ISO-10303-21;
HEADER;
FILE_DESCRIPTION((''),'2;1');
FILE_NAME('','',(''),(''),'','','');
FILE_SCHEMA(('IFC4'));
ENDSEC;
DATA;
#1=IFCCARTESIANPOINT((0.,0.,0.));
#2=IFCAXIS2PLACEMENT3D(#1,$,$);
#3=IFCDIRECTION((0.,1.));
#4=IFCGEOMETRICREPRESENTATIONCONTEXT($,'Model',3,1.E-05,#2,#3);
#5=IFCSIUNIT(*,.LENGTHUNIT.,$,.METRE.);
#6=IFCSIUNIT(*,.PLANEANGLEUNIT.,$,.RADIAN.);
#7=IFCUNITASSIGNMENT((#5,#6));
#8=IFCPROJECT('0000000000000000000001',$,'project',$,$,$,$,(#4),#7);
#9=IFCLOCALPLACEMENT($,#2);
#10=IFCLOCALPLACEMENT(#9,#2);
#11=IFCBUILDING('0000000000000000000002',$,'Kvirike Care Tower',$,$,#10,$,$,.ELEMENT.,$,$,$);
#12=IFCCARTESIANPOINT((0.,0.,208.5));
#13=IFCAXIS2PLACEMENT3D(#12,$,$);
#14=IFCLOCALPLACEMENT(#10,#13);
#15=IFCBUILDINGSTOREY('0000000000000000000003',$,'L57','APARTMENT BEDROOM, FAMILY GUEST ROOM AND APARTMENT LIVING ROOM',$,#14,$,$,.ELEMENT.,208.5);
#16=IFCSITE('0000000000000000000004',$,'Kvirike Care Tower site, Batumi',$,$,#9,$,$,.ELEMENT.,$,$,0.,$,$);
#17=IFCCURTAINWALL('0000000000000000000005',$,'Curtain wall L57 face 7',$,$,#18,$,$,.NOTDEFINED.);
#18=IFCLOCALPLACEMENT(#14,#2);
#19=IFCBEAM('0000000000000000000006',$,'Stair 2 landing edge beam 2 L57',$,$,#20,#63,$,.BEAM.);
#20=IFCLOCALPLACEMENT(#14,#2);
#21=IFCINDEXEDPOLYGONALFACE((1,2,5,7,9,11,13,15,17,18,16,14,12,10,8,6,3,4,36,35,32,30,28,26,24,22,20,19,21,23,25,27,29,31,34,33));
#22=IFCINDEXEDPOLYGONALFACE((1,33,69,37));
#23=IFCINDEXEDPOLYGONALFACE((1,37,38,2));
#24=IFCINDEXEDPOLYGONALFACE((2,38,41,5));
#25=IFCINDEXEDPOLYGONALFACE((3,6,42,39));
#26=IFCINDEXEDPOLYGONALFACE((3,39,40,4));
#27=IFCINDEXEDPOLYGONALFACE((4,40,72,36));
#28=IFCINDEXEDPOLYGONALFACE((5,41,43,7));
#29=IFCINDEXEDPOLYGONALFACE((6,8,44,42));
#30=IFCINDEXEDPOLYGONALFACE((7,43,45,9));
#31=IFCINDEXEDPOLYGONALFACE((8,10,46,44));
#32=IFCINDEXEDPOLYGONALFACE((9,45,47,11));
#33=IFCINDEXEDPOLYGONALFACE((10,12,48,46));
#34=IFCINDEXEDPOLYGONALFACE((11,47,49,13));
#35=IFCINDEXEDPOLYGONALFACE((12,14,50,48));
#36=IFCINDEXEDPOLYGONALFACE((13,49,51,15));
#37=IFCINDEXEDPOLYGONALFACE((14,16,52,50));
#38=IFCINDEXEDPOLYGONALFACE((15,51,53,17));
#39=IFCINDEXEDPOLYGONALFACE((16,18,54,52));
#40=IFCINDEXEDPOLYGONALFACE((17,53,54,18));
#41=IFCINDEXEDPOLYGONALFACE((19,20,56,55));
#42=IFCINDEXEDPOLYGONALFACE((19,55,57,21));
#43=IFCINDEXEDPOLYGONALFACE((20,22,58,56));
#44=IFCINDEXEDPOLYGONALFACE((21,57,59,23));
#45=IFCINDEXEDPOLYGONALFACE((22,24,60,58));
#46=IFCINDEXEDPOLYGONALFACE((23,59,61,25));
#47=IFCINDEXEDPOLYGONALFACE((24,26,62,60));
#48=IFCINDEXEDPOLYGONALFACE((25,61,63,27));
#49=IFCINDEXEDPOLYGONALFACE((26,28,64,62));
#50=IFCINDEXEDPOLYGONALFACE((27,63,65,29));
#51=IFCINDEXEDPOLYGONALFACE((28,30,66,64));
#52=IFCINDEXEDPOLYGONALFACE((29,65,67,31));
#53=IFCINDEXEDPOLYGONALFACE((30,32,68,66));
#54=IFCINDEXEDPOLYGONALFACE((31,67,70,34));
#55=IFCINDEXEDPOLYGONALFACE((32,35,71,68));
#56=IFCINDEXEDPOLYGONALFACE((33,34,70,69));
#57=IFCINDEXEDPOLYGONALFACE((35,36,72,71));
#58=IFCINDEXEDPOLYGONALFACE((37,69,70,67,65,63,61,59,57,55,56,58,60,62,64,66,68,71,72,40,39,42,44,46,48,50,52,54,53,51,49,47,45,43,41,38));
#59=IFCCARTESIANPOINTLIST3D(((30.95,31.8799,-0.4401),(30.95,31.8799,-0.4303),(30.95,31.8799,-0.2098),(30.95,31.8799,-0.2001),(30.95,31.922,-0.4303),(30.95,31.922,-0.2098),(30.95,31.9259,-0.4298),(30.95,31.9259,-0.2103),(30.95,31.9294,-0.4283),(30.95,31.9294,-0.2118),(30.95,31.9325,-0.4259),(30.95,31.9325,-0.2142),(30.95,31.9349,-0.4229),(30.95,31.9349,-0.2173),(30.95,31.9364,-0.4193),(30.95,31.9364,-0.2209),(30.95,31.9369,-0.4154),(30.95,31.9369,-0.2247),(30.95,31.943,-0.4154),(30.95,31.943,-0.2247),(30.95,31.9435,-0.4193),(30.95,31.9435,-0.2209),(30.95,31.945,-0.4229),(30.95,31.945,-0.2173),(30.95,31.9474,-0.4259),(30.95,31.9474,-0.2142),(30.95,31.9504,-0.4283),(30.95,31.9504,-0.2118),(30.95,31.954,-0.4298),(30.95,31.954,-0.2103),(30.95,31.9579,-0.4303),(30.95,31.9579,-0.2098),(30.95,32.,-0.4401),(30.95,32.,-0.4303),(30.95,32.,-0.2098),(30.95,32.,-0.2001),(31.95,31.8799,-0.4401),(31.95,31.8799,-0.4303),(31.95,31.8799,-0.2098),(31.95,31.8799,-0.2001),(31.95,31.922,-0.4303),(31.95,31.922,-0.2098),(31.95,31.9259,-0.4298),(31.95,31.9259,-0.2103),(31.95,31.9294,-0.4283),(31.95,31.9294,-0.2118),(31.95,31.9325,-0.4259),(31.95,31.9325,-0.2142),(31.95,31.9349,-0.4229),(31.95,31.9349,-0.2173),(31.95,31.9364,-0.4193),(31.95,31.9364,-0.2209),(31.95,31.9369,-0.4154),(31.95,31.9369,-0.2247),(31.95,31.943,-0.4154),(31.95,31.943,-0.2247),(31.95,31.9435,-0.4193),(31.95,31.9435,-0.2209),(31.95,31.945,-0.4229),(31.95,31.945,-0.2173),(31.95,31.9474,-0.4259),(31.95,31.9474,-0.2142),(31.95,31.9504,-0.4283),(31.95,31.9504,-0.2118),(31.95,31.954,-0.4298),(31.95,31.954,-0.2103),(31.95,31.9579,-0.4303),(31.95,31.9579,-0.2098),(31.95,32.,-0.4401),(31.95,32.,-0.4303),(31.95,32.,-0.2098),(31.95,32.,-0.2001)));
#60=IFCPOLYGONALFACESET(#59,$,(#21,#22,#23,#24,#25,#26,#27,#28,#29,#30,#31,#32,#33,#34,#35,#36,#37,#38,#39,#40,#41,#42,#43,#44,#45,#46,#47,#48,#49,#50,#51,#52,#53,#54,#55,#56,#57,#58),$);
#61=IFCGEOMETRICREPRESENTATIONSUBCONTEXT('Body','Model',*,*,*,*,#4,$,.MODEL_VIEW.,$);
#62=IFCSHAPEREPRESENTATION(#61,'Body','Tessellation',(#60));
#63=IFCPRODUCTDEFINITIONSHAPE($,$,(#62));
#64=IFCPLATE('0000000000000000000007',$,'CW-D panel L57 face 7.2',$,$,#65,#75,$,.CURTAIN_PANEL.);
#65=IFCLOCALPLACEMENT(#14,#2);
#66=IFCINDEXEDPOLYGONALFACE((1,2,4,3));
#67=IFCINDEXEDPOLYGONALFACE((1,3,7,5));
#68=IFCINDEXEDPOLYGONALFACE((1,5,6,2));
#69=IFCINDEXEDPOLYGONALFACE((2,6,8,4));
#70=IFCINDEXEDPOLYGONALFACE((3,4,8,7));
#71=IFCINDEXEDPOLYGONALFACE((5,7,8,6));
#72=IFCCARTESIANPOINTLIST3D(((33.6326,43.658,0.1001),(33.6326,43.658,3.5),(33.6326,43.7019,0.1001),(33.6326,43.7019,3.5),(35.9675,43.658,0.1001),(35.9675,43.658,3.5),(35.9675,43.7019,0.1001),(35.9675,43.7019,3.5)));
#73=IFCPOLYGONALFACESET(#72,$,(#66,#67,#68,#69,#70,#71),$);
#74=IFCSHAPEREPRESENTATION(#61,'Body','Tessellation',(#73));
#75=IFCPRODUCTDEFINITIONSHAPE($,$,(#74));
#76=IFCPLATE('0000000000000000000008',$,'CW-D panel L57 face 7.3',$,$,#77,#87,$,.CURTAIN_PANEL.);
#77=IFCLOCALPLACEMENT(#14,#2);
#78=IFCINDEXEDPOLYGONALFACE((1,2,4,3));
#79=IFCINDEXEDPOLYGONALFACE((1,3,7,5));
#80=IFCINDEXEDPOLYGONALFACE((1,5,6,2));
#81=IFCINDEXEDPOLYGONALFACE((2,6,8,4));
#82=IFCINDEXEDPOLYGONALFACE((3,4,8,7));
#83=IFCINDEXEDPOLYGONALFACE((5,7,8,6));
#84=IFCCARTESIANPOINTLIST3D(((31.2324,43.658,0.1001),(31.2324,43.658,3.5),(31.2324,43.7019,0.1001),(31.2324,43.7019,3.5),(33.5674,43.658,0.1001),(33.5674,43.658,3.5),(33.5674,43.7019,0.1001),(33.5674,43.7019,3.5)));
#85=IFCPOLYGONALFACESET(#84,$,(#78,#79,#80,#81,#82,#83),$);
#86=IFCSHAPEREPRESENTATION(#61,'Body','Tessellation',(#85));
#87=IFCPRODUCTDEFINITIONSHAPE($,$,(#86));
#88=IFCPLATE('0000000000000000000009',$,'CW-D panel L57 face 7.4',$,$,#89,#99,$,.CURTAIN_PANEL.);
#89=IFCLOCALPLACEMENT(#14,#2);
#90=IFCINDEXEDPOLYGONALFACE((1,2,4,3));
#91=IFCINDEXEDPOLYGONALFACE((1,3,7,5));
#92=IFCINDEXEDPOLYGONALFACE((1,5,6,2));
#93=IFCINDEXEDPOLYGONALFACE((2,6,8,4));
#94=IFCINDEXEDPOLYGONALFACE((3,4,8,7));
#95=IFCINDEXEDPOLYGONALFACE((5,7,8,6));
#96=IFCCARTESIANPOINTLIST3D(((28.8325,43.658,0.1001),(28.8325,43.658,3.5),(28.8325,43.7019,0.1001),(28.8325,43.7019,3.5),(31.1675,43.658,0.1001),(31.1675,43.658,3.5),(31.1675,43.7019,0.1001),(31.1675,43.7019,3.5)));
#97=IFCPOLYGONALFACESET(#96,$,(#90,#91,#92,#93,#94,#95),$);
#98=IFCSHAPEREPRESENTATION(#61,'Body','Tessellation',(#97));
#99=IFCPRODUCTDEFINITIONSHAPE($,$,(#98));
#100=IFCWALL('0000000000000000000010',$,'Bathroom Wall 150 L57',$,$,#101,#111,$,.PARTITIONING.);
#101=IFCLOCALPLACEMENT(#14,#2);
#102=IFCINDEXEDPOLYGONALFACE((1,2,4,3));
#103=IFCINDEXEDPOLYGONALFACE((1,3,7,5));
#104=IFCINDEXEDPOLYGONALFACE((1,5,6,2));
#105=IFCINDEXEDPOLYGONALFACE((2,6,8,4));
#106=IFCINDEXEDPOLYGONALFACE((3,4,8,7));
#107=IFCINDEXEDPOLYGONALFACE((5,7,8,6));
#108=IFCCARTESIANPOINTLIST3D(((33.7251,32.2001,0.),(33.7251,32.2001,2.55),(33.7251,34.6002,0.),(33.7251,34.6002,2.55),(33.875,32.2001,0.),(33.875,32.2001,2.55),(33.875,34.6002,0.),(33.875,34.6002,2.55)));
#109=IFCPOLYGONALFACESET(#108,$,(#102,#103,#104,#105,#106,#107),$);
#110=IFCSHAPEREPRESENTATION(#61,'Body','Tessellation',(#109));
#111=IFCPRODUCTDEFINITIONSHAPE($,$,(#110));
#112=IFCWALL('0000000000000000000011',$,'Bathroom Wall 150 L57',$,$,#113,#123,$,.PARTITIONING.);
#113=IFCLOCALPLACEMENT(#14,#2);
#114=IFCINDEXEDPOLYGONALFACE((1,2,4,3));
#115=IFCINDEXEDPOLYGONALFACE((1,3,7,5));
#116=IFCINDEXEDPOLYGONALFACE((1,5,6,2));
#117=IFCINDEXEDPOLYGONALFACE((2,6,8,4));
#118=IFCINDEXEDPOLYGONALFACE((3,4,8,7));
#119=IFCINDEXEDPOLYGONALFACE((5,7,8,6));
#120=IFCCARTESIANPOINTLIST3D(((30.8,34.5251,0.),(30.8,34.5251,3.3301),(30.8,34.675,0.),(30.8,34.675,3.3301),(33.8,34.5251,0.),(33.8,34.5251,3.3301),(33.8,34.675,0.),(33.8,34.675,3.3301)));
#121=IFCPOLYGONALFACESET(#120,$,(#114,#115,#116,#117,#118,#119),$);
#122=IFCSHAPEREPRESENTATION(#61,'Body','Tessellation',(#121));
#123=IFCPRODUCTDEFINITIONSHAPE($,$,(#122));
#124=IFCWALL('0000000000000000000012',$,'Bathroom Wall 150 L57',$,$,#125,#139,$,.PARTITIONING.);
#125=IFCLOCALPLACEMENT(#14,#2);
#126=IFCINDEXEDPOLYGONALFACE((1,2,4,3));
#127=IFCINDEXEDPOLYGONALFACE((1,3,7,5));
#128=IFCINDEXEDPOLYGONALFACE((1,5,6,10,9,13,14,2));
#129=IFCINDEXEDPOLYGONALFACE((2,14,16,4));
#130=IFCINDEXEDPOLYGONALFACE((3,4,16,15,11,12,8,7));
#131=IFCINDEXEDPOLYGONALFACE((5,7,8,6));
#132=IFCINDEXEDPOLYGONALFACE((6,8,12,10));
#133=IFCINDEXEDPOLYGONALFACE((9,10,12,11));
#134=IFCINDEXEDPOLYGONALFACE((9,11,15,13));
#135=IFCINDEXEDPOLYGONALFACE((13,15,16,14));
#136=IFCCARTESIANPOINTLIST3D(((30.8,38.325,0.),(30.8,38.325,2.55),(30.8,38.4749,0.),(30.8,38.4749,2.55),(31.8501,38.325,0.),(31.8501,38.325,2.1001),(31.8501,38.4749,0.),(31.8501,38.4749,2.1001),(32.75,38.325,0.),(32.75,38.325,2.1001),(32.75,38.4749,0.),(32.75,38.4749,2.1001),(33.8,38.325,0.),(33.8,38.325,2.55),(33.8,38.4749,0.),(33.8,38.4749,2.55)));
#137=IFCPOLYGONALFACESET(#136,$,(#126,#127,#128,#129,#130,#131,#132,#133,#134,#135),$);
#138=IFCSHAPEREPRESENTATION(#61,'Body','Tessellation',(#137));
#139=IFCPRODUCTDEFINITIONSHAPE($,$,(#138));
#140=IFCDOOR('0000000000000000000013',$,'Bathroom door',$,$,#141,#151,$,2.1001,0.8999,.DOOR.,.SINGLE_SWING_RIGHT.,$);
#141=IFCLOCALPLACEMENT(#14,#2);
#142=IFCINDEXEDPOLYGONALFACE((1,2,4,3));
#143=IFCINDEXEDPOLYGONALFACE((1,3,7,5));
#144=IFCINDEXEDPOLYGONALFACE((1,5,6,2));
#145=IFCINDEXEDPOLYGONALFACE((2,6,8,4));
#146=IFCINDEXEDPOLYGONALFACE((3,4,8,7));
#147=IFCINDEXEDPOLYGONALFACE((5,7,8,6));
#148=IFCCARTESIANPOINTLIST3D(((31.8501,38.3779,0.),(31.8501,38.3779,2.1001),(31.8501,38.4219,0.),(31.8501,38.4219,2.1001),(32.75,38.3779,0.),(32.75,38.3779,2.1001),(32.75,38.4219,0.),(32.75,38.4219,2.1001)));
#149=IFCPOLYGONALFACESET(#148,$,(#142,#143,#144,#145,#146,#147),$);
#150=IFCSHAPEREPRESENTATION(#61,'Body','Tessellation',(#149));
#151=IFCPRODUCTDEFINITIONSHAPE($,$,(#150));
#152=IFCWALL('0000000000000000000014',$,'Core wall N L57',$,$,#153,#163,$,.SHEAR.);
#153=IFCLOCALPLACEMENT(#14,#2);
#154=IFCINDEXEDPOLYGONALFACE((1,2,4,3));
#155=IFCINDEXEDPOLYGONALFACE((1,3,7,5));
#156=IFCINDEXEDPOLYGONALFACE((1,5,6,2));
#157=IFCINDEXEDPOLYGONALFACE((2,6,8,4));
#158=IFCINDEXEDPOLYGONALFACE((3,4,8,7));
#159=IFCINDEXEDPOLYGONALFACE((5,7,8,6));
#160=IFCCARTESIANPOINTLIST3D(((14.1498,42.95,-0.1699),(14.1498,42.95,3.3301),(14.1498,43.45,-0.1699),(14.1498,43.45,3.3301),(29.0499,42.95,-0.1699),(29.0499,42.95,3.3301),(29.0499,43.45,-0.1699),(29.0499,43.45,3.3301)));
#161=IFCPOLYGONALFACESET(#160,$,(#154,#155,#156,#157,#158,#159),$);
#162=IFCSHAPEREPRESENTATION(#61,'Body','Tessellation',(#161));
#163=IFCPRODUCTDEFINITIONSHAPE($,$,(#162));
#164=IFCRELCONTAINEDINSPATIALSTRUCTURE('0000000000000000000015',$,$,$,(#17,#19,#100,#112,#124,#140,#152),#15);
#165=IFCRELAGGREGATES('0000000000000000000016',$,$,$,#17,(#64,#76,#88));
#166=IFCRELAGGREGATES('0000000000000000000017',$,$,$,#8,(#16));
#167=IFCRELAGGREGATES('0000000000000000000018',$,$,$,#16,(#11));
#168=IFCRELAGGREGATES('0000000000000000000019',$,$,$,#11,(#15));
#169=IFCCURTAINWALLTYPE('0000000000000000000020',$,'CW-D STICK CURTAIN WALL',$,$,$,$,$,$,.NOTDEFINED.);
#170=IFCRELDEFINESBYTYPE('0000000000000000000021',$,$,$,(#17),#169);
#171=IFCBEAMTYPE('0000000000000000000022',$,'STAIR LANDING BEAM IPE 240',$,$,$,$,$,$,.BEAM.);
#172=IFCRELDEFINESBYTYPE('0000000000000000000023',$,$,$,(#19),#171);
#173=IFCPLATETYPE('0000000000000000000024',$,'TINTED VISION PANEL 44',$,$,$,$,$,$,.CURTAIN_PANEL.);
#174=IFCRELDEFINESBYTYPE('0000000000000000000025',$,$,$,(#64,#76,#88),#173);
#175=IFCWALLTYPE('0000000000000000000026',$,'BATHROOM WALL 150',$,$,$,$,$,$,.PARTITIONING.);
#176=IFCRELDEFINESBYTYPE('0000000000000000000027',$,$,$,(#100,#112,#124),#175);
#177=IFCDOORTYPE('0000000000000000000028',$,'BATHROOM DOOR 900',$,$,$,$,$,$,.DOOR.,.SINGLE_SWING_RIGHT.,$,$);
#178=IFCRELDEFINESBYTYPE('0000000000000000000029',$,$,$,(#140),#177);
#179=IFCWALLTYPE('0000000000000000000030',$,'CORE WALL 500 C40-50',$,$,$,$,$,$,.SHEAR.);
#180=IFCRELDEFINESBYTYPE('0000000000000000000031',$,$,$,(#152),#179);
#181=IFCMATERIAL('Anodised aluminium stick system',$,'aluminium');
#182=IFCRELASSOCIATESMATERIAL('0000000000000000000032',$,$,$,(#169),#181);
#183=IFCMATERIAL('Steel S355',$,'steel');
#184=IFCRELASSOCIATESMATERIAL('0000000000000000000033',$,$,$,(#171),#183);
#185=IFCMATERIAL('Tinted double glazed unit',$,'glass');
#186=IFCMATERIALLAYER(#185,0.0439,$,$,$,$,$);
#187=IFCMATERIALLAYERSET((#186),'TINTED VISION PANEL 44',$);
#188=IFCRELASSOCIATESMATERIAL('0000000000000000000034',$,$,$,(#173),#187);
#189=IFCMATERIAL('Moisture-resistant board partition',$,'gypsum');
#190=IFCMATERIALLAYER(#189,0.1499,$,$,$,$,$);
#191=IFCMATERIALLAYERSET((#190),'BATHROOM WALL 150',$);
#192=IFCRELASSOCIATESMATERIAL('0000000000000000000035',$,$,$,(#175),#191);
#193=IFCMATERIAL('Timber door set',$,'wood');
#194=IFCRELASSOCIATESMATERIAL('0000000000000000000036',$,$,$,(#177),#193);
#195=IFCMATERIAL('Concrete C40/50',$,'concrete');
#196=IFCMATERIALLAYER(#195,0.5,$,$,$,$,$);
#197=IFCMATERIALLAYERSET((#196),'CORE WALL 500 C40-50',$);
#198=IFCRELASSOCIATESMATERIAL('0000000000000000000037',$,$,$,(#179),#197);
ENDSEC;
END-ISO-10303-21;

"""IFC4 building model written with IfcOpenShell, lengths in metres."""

from ifc_helpers import new_model, si_unit, direction, frame, frame_2d, origin, origin_2d, place, context, subcontext, project, spatial, rectangle, i_section, extrude, material, layer, layer_set, material_profile, profile_set, type_object, element, fill, aggregate, save


model = new_model("IFC4")

# Units and contexts
model_context = context("Model", 3, precision=1e-05, world=origin(), true_north=direction((0.0, 1.0)))
body_context = subcontext(model_context, "Body", "Model", "MODEL_VIEW")
ifc_project = project(units=[si_unit("LENGTHUNIT", "METRE"), si_unit("PLANEANGLEUNIT", "RADIAN")], contexts=[model_context])

# Site, building, storey
site_placement = place(None, origin())
site = spatial("IfcSite", under=ifc_project, at=site_placement, Name="Kvirike Care Tower site, Batumi", CompositionType="ELEMENT", RefElevation=0.0)
building_placement = place(site_placement, origin())
building = spatial("IfcBuilding", under=site, at=building_placement, Name="Kvirike Care Tower", CompositionType="ELEMENT")
storey_placement = place(building_placement, frame((0.0, 0.0, 208.5)))
storey = spatial("IfcBuildingStorey", under=building, at=storey_placement, Name="L57", Description="APARTMENT BEDROOM, FAMILY GUEST ROOM AND APARTMENT LIVING ROOM", CompositionType="ELEMENT", Elevation=208.5)

# Curtain wall
ifc_material_1 = material(Name="Anodised aluminium stick system", Category="aluminium")
curtain_wall_type = type_object("IfcCurtainWallType", Name="CW-D STICK CURTAIN WALL", PredefinedType="NOTDEFINED", material=ifc_material_1)
curtain_wall_placement = place(storey_placement, origin())
curtain_wall = element("IfcCurtainWall", 1, at=curtain_wall_placement, inside=storey, type_object=curtain_wall_type, Name="Curtain wall L57 face 7", PredefinedType="NOTDEFINED")

# Beam
ifc_material_2 = material(Name="Steel S355", Category="steel")
ifc_material_profile_1 = material_profile(ifc_material_2, i_section(OverallWidth=0.1201, OverallDepth=0.24, WebThickness=0.0061, FlangeThickness=0.0098, FilletRadius=0.0149, at=origin_2d()), Name="IPE 240")
ifc_profile_set_1 = profile_set([ifc_material_profile_1], Name="Steel S355")
beam_type_1 = type_object("IfcBeamType", Name="STAIR LANDING BEAM IPE 240", PredefinedType="BEAM", material=ifc_profile_set_1)
beam_1_placement = place(storey_placement, frame((31.95, 31.9399, -0.3201), z_axis=(-1.0, 0.0, 0.0), x_axis=(0.0, -1.0, 0.0)))
element("IfcBeam", 2, at=beam_1_placement, inside=storey, type_object=beam_type_1, Name="Stair 2 landing edge beam 2 L57", PredefinedType="BEAM", context=body_context, shape_type="SweptSolid", body=[
    extrude(i_section(OverallWidth=0.1201, OverallDepth=0.24, WebThickness=0.0061, FlangeThickness=0.0098, FilletRadius=0.0149, at=origin_2d()), origin(), (0.0, 0.0, 1.0), 1.0),
])

# Plates
ifc_material_3 = material(Name="Tinted double glazed unit", Category="glass")
ifc_layer_1 = layer(ifc_material_3, 0.0439)
ifc_layer_set_1 = layer_set([ifc_layer_1], Name="TINTED VISION PANEL 44")
plate_type = type_object("IfcPlateType", Name="TINTED VISION PANEL 44", PredefinedType="CURTAIN_PANEL", material=ifc_layer_set_1)
plate_1_placement = place(storey_placement, frame((34.8, 43.6799, 0.1001), z_axis=(0.0, 0.0, 1.0), x_axis=(-1.0, 0.0, 0.0)))
plate_1 = element("IfcPlate", 3, at=plate_1_placement, type_object=plate_type, Name="CW-D panel L57 face 7.2", PredefinedType="CURTAIN_PANEL", context=body_context, shape_type="SweptSolid", body=[
    extrude(rectangle(XDim=2.335, YDim=0.0439, at=origin_2d()), origin(), (0.0, 0.0, 1.0), 3.3999),
])
plate_2_placement = place(storey_placement, frame((32.3999, 43.6799, 0.1001), z_axis=(0.0, 0.0, 1.0), x_axis=(-1.0, 0.0, 0.0)))
plate_2 = element("IfcPlate", 4, at=plate_2_placement, type_object=plate_type, Name="CW-D panel L57 face 7.3", PredefinedType="CURTAIN_PANEL", context=body_context, shape_type="SweptSolid", body=[
    extrude(rectangle(XDim=2.335, YDim=0.0439, at=origin_2d()), origin(), (0.0, 0.0, 1.0), 3.3999),
])
plate_3_placement = place(storey_placement, frame((30.0, 43.6799, 0.1001), z_axis=(0.0, 0.0, 1.0), x_axis=(-1.0, 0.0, 0.0)))
plate_3 = element("IfcPlate", 5, at=plate_3_placement, type_object=plate_type, Name="CW-D panel L57 face 7.4", PredefinedType="CURTAIN_PANEL", context=body_context, shape_type="SweptSolid", body=[
    extrude(rectangle(XDim=2.335, YDim=0.0439, at=origin_2d()), origin(), (0.0, 0.0, 1.0), 3.3999),
])
aggregate(curtain_wall, [plate_1, plate_2, plate_3])

# Walls
ifc_material_4 = material(Name="Moisture-resistant board partition", Category="gypsum")
ifc_layer_2 = layer(ifc_material_4, 0.1499)
ifc_layer_set_2 = layer_set([ifc_layer_2], Name="BATHROOM WALL 150")
wall_type_1 = type_object("IfcWallType", Name="BATHROOM WALL 150", PredefinedType="PARTITIONING", material=ifc_layer_set_2)
wall_1_placement = place(storey_placement, frame((33.8, 32.2, 0.0), z_axis=(0.0, 0.0, 1.0), x_axis=(0.0, 1.0, 0.0)))
element("IfcWall", 6, at=wall_1_placement, inside=storey, type_object=wall_type_1, Name="Bathroom Wall 150 L57", PredefinedType="PARTITIONING", context=body_context, shape_type="SweptSolid", body=[
    extrude(rectangle(XDim=2.4001, YDim=0.1499, at=frame_2d((1.2002, 0.0))), origin(), (0.0, 0.0, 1.0), 2.55),
])
wall_2_placement = place(storey_placement, frame((33.8, 34.6001, 0.0), z_axis=(0.0, 0.0, 1.0), x_axis=(-1.0, 0.0, 0.0)))
element("IfcWall", 7, at=wall_2_placement, inside=storey, type_object=wall_type_1, Name="Bathroom Wall 150 L57", PredefinedType="PARTITIONING", context=body_context, shape_type="SweptSolid", body=[
    extrude(rectangle(XDim=3.0, YDim=0.1499, at=frame_2d((1.5, 0.0))), origin(), (0.0, 0.0, 1.0), 3.3301),
])

# Wall, opening, door
wall_3_placement = place(storey_placement, frame((33.8, 38.3999, 0.0), z_axis=(0.0, 0.0, 1.0), x_axis=(-1.0, 0.0, 0.0)))
wall_3 = element("IfcWall", 8, at=wall_3_placement, inside=storey, type_object=wall_type_1, Name="Bathroom Wall 150 L57", PredefinedType="PARTITIONING", context=body_context, shape_type="SweptSolid", body=[
    extrude(rectangle(XDim=3.0, YDim=0.1499, at=frame_2d((1.5, 0.0))), origin(), (0.0, 0.0, 1.0), 2.55),
])
opening_1_placement = place(wall_3_placement, frame((1.05, 0.0, 0.0)))
opening_1 = element("IfcOpeningElement", 9, at=opening_1_placement, cuts=wall_3, PredefinedType="OPENING", context=body_context, shape_type="SweptSolid", body=[
    extrude(rectangle(XDim=0.8999, YDim=2.1001, at=frame_2d((0.45, 1.05))), frame((0.0, 0.0854, 0.0), z_axis=(0.0, -1.0, 0.0), x_axis=(1.0, 0.0, 0.0)), (0.0, 0.0, 1.0), 0.1709),
])
ifc_material_5 = material(Name="Timber door set", Category="wood")
door_type_1 = type_object("IfcDoorType", Name="BATHROOM DOOR 900", OperationType="SINGLE_SWING_RIGHT", PredefinedType="DOOR", material=ifc_material_5)
door_1_placement = place(opening_1_placement, frame((0.8999, 0.0, 0.0), z_axis=(0.0, 0.0, 1.0), x_axis=(-1.0, 0.0, 0.0)))
door_1 = element("IfcDoor", 10, at=door_1_placement, inside=storey, type_object=door_type_1, Name="Bathroom door", OperationType="SINGLE_SWING_RIGHT", OverallHeight=2.1001, OverallWidth=0.8999, PredefinedType="DOOR", context=body_context, shape_type="SweptSolid", body=[
    extrude(rectangle(XDim=0.8999, YDim=2.1001, at=frame_2d((0.45, 1.05))), frame((0.0, 0.022, 0.0), z_axis=(0.0, -1.0, 0.0), x_axis=(1.0, 0.0, 0.0)), (0.0, 0.0, 1.0), 0.0439),
])
fill(opening_1, door_1)

# Wall
ifc_material_6 = material(Name="Concrete C40/50", Category="concrete")
ifc_layer_3 = layer(ifc_material_6, 0.5)
ifc_layer_set_3 = layer_set([ifc_layer_3], Name="CORE WALL 500 C40-50")
wall_type_2 = type_object("IfcWallType", Name="CORE WALL 500 C40-50", PredefinedType="SHEAR", material=ifc_layer_set_3)
wall_4_placement = place(storey_placement, frame((29.05, 43.2, -0.1699), z_axis=(0.0, 0.0, 1.0), x_axis=(-1.0, 0.0, 0.0)))
element("IfcWall", 11, at=wall_4_placement, inside=storey, type_object=wall_type_2, Name="Core wall N L57", PredefinedType="SHEAR", context=body_context, shape_type="SweptSolid", body=[
    extrude(rectangle(XDim=14.9001, YDim=0.5, at=frame_2d((7.4502, 0.0))), origin(), (0.0, 0.0, 1.0), 3.5),
])

save(model, "model.ifc")
